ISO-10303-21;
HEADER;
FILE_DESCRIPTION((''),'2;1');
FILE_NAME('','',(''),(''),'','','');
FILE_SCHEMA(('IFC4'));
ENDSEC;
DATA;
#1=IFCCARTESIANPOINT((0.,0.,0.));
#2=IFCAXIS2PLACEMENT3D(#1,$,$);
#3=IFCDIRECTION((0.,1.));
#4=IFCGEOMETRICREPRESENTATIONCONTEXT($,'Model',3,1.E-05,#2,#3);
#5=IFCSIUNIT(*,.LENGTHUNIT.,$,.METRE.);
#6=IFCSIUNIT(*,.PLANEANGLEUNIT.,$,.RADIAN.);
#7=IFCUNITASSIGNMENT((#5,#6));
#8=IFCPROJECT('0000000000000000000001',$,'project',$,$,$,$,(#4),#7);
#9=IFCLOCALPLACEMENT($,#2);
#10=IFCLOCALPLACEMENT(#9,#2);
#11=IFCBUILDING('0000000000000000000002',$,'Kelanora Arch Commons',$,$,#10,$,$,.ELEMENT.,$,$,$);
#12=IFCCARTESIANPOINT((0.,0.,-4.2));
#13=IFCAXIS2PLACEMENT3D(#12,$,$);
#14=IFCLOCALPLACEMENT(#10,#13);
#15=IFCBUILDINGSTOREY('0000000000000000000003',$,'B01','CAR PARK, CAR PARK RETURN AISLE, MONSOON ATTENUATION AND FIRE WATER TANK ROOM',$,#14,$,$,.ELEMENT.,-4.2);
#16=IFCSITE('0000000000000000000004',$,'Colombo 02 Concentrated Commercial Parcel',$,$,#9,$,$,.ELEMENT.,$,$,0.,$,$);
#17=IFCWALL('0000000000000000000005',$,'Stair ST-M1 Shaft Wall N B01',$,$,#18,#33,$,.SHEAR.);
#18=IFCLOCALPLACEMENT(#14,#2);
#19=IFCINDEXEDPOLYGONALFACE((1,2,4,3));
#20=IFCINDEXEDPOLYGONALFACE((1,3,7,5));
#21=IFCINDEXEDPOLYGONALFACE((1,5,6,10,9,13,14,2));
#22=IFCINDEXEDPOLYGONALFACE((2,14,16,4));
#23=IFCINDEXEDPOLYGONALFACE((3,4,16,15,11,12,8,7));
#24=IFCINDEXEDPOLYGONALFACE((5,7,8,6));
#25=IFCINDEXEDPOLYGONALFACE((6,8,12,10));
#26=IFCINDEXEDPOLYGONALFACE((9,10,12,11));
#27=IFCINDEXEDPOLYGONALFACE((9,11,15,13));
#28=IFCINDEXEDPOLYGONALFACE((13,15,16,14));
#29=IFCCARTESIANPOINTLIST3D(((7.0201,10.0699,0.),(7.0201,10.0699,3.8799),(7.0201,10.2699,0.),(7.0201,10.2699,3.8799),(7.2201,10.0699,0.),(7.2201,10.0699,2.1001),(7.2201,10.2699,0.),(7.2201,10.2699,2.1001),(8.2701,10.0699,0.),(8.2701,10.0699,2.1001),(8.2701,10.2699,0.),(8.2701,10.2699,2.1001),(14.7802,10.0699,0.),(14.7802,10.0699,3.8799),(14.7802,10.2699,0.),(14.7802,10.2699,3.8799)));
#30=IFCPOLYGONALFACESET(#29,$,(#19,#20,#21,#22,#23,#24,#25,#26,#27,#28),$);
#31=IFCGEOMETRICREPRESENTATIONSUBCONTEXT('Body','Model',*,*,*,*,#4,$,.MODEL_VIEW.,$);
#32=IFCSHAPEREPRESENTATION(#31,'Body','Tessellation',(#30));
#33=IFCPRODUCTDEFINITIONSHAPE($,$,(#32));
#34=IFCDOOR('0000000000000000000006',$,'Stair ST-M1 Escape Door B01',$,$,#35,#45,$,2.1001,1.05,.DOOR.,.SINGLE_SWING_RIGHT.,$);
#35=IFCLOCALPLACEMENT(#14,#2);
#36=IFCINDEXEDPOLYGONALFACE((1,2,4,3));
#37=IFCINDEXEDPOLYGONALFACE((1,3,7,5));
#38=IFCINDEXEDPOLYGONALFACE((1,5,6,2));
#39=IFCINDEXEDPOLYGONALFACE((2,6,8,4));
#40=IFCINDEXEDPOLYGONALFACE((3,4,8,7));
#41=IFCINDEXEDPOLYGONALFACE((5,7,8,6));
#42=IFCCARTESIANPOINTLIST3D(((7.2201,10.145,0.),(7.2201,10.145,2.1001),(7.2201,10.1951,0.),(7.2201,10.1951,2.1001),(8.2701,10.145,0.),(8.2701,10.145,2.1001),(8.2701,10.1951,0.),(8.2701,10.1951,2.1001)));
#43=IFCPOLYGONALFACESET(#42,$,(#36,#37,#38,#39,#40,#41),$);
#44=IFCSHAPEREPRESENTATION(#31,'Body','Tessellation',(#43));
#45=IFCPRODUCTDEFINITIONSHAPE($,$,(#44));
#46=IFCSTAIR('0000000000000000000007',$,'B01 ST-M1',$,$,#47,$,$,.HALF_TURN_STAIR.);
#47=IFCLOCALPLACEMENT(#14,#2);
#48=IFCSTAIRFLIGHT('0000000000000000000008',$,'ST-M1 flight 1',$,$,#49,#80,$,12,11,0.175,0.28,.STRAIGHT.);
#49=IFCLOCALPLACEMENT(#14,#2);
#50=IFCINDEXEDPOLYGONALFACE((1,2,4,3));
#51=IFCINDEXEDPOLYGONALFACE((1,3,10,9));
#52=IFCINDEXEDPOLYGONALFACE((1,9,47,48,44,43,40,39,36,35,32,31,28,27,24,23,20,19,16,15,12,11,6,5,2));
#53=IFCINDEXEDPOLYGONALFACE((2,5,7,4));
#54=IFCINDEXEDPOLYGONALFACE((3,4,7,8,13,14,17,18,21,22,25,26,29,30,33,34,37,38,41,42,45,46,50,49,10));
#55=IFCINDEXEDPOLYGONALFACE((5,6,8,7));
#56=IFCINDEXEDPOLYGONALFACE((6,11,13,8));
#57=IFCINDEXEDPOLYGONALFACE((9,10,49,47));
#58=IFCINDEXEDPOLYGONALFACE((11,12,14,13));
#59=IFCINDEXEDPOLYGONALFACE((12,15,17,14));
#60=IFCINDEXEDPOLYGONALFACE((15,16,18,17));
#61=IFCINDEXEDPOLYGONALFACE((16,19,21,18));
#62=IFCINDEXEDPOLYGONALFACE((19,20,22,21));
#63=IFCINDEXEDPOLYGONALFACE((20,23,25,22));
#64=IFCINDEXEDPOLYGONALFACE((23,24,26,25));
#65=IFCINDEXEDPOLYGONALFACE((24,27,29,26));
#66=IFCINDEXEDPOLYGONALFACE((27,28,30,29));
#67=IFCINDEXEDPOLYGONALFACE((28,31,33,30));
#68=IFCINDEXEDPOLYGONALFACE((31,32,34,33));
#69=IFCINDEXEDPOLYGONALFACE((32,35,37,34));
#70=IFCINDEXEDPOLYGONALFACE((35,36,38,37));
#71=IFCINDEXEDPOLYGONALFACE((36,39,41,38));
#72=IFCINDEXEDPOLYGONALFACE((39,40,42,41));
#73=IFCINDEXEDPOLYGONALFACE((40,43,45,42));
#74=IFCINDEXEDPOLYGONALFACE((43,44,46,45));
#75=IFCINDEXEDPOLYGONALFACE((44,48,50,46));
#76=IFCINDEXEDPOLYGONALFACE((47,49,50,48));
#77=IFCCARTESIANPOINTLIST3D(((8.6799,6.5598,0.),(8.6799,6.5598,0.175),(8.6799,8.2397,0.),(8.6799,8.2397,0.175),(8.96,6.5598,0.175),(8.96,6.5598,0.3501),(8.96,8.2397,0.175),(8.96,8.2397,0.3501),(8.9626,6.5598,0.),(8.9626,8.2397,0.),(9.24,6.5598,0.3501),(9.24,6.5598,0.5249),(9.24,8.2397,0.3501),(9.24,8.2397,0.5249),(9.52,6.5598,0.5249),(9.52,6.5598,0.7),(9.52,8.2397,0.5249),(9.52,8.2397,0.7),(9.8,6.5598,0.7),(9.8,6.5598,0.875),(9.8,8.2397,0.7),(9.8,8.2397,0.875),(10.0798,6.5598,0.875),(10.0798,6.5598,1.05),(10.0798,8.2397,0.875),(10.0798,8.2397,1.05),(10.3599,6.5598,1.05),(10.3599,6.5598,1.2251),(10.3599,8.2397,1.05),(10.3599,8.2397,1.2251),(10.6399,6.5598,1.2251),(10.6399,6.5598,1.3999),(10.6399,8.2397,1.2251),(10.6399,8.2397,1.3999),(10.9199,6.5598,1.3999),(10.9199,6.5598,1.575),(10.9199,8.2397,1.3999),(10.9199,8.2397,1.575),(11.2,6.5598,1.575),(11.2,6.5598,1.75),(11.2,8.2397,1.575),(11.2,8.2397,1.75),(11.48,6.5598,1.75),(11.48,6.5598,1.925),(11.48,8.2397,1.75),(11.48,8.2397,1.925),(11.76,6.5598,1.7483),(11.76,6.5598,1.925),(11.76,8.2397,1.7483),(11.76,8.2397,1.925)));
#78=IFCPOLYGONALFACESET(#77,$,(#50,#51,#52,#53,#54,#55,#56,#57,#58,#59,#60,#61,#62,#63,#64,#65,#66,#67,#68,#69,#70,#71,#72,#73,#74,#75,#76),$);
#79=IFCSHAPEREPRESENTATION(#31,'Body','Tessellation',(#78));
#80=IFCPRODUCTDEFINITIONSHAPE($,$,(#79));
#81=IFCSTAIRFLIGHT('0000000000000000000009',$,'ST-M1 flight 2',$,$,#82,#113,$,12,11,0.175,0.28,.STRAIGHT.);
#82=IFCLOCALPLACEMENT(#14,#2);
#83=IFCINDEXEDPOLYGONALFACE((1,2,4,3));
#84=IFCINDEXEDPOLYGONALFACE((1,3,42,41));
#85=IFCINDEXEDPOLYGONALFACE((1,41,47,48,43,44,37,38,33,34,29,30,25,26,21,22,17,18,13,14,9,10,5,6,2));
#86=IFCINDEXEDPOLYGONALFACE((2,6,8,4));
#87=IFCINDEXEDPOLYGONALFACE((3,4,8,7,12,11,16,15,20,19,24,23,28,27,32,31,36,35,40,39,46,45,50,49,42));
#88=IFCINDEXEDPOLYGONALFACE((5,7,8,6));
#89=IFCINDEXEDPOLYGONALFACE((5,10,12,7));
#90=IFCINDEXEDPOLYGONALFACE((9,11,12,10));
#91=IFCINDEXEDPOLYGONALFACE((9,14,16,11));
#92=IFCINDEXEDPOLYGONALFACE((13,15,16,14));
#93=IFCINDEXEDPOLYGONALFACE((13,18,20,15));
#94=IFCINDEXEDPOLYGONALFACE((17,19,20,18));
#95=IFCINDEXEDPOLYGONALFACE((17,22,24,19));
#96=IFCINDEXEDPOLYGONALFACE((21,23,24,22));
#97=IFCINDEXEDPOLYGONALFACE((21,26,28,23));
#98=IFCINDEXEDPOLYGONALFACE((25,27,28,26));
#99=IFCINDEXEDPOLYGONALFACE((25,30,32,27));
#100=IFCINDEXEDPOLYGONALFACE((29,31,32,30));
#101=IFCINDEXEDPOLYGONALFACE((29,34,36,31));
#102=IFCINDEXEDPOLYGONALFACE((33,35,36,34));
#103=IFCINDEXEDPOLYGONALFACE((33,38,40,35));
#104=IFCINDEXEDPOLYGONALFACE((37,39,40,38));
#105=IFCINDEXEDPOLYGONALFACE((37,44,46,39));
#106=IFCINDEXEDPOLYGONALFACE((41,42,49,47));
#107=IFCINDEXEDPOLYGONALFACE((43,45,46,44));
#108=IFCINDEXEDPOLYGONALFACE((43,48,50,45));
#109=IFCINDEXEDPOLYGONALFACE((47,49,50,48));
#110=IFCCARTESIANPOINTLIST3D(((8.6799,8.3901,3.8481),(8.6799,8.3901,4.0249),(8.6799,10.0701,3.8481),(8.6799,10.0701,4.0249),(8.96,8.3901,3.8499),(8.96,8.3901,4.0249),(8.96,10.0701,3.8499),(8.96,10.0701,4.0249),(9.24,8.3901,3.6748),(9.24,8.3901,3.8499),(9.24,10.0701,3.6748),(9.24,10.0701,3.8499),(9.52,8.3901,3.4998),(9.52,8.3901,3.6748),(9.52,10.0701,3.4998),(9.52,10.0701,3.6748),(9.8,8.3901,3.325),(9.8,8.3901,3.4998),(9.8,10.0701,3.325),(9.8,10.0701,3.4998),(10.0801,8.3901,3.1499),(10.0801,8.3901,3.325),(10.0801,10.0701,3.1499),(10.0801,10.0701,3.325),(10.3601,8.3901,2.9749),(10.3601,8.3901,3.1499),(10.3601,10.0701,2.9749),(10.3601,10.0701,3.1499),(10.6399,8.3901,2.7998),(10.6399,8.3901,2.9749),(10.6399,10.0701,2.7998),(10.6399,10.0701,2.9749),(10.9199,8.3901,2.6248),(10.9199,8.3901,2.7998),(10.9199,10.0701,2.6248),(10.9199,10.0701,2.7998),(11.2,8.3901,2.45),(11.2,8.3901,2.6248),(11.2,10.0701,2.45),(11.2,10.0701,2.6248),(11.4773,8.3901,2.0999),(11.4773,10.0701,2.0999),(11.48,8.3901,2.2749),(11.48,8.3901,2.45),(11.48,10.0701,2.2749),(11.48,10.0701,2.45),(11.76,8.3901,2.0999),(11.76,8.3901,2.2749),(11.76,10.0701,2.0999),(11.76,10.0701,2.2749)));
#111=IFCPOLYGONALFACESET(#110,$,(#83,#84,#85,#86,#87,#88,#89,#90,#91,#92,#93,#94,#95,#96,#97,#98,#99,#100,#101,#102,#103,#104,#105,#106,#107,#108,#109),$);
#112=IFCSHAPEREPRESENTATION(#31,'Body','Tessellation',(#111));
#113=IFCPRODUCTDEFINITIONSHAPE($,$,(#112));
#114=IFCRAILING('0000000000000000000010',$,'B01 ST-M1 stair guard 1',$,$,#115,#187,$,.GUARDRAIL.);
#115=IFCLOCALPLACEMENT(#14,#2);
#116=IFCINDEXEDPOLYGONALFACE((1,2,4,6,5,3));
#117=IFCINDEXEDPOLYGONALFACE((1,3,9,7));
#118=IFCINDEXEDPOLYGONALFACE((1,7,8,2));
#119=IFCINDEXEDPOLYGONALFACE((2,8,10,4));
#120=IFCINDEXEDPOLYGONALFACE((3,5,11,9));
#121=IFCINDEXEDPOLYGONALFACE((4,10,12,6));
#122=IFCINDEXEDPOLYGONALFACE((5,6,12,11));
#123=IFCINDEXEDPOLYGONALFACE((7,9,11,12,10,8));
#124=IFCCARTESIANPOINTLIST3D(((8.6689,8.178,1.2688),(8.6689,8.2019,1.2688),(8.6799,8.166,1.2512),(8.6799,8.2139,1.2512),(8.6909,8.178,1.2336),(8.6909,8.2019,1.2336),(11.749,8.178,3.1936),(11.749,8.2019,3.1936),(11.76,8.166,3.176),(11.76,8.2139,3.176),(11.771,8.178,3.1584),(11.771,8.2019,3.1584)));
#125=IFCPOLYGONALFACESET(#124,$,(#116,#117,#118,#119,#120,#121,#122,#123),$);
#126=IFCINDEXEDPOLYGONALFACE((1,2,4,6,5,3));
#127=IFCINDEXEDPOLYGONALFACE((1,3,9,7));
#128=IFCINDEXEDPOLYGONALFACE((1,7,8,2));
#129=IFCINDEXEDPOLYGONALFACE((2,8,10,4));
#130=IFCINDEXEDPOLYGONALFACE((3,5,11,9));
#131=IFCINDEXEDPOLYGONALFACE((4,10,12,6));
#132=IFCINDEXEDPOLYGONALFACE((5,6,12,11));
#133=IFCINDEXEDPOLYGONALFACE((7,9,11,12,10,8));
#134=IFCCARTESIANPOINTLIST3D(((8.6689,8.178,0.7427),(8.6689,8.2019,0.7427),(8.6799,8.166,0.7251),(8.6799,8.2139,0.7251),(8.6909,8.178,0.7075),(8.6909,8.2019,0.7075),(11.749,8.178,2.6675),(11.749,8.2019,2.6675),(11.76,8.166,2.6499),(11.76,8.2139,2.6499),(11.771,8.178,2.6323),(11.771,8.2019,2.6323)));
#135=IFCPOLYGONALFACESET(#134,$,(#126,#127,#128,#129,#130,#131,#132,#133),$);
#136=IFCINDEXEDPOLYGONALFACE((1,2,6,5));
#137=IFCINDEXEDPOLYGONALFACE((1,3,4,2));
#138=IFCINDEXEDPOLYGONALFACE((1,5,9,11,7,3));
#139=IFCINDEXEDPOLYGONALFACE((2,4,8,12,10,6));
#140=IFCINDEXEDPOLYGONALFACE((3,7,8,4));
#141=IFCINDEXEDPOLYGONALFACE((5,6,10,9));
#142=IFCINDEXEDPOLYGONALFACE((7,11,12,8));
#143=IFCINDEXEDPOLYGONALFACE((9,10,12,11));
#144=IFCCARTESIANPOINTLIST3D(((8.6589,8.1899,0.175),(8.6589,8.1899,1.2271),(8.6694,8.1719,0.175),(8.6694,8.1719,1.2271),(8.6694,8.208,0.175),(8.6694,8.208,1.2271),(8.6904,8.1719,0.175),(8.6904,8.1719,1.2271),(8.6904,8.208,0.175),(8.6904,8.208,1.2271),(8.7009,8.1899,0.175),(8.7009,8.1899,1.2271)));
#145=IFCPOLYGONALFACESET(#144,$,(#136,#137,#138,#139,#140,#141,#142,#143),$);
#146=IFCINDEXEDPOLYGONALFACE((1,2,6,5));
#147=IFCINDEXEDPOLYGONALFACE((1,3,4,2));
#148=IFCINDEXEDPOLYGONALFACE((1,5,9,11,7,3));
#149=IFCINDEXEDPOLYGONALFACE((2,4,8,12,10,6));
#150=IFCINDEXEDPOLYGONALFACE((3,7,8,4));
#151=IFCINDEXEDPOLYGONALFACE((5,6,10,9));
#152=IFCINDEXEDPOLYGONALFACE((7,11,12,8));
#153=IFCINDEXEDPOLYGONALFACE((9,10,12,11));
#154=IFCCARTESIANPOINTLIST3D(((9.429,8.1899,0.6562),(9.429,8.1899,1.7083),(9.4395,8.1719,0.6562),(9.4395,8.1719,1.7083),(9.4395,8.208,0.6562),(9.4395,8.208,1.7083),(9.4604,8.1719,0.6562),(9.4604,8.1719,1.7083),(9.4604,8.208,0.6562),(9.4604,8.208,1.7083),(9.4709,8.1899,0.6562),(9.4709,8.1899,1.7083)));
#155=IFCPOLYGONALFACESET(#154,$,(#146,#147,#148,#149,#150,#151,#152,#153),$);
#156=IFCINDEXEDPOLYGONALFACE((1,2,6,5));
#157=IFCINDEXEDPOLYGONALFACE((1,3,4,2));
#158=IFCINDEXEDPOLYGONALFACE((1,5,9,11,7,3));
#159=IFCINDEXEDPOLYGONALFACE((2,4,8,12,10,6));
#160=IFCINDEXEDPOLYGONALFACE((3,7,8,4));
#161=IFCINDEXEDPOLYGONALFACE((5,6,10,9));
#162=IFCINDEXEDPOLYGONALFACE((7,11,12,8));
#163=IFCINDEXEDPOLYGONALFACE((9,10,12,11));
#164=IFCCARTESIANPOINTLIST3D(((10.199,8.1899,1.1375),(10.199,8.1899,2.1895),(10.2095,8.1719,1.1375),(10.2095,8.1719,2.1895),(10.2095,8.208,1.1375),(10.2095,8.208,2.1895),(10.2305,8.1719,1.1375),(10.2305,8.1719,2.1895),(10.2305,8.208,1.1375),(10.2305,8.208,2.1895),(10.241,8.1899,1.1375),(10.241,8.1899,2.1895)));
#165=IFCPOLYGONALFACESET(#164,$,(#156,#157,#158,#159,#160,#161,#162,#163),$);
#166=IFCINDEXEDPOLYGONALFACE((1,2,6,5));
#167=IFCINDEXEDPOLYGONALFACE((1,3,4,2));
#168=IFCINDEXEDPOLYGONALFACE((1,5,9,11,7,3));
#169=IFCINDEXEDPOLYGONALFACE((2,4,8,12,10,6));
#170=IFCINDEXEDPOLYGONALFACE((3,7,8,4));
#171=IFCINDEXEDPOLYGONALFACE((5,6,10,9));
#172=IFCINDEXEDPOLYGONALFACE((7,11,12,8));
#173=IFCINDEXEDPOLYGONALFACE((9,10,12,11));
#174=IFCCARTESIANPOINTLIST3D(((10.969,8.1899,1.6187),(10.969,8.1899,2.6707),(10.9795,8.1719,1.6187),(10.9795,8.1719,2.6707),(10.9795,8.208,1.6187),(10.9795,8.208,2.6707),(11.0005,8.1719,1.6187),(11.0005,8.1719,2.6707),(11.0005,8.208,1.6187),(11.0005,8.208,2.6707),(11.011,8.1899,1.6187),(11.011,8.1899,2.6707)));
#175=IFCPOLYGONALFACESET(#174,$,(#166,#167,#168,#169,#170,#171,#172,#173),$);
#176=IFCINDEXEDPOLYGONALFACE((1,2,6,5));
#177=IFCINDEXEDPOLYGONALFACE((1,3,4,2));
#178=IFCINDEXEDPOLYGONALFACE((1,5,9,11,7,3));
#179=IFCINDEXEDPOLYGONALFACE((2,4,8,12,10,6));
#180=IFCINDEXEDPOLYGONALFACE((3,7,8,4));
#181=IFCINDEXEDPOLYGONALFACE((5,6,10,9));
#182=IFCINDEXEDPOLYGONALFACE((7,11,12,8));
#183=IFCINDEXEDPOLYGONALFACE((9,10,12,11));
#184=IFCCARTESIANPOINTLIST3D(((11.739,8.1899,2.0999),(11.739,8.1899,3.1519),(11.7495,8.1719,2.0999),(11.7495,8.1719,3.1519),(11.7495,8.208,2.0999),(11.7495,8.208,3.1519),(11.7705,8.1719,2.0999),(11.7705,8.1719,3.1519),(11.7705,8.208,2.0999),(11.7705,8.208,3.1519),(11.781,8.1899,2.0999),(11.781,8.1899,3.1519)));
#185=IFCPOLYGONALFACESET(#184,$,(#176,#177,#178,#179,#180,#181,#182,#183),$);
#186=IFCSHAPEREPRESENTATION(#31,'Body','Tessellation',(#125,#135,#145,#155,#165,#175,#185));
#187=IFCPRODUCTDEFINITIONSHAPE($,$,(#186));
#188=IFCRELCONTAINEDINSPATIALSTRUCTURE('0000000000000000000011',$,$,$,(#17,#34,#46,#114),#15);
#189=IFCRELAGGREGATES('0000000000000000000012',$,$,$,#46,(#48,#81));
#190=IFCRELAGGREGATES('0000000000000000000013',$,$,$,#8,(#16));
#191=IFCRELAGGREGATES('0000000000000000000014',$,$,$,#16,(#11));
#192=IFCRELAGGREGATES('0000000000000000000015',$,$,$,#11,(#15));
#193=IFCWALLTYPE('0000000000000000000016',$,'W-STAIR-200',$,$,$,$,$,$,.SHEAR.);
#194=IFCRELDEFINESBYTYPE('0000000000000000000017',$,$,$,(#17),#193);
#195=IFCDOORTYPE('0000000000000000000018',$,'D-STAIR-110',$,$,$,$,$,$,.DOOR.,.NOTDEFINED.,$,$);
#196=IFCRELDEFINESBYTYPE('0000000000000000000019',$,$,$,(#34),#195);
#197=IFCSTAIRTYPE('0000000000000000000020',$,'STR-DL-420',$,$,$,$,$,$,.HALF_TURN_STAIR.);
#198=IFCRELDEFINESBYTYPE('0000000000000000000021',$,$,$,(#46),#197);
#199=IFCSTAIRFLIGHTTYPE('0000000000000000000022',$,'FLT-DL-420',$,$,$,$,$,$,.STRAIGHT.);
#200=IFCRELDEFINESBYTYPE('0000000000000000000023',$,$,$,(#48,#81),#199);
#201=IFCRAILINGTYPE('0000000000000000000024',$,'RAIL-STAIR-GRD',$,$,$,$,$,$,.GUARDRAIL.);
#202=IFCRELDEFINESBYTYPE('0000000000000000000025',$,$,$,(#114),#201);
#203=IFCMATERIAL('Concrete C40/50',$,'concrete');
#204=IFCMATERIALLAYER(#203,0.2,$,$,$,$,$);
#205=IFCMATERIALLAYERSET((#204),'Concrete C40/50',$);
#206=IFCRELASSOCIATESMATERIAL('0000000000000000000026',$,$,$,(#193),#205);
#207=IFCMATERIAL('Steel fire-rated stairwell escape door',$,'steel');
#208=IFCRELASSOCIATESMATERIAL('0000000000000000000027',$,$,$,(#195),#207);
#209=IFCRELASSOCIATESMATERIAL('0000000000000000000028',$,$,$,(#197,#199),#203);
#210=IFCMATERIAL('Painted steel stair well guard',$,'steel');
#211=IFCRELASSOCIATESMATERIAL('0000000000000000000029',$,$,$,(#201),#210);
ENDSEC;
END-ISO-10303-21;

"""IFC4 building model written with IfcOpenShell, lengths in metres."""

from ifc_helpers import new_model, si_unit, direction, frame, frame_2d, origin, place, context, subcontext, project, spatial, polyline, rectangle, outline, extrude, material, layer, layer_set, type_object, element, fill, aggregate, save


model = new_model("IFC4")

# Units and contexts
model_context = context("Model", 3, precision=1e-05, world=origin(), true_north=direction((0.0, 1.0)))
body_context = subcontext(model_context, "Body", "Model", "MODEL_VIEW")
ifc_project = project(units=[si_unit("LENGTHUNIT", "METRE"), si_unit("PLANEANGLEUNIT", "RADIAN")], contexts=[model_context])

# Site, building, storey
site_placement = place(None, origin())
site = spatial("IfcSite", under=ifc_project, at=site_placement, Name="Colombo 02 Concentrated Commercial Parcel", CompositionType="ELEMENT", RefElevation=0.0)
building_placement = place(site_placement, origin())
building = spatial("IfcBuilding", under=site, at=building_placement, Name="Kelanora Arch Commons", CompositionType="ELEMENT")
storey_placement = place(building_placement, frame((0.0, 0.0, -4.2)))
storey = spatial("IfcBuildingStorey", under=building, at=storey_placement, Name="B01", Description="CAR PARK, CAR PARK RETURN AISLE, MONSOON ATTENUATION AND FIRE WATER TANK ROOM", CompositionType="ELEMENT", Elevation=-4.2)

# Shared definitions
ifc_material_1 = material(Name="Concrete C40/50", Category="concrete")

# Shared definitions
ifc_layer_1 = layer(ifc_material_1, 0.2)
ifc_layer_set_1 = layer_set([ifc_layer_1], Name="Concrete C40/50")
wall_type_1 = type_object("IfcWallType", Name="W-STAIR-200", PredefinedType="SHEAR", material=ifc_layer_set_1)

# Wall, opening, door
wall_1_placement = place(storey_placement, frame((14.78, 10.1699, 0.0), z_axis=(0.0, 0.0, 1.0), x_axis=(-1.0, 0.0, 0.0)))
wall_1 = element("IfcWall", 1, at=wall_1_placement, inside=storey, type_object=wall_type_1, Name="Stair ST-M1 Shaft Wall N B01", PredefinedType="SHEAR", context=body_context, shape_type="SweptSolid", body=[
    extrude(rectangle(XDim=7.76, YDim=0.2, at=frame_2d((3.8799, 0.0))), origin(), (0.0, 0.0, 1.0), 3.8799),
])
opening_1_placement = place(wall_1_placement, frame((6.51, 0.0, 0.0)))
opening_1 = element("IfcOpeningElement", 2, at=opening_1_placement, cuts=wall_1, PredefinedType="OPENING", context=body_context, shape_type="SweptSolid", body=[
    extrude(rectangle(XDim=1.05, YDim=2.1001, at=frame_2d((0.5249, 1.05))), frame((0.0, 0.1099, 0.0), z_axis=(0.0, -1.0, 0.0), x_axis=(1.0, 0.0, 0.0)), (0.0, 0.0, 1.0), 0.22),
])
ifc_material_2 = material(Name="Steel fire-rated stairwell escape door", Category="steel")
door_type_1 = type_object("IfcDoorType", Name="D-STAIR-110", OperationType="NOTDEFINED", PredefinedType="DOOR", material=ifc_material_2)
door_1_placement = place(opening_1_placement, origin())
door_1 = element("IfcDoor", 3, at=door_1_placement, inside=storey, type_object=door_type_1, Name="Stair ST-M1 Escape Door B01", OperationType="SINGLE_SWING_RIGHT", OverallHeight=2.1001, OverallWidth=1.05, PredefinedType="DOOR", context=body_context, shape_type="SweptSolid", body=[
    extrude(rectangle(XDim=1.05, YDim=2.1001, at=frame_2d((0.5249, 1.05))), frame((0.0, 0.0249, 0.0), z_axis=(0.0, -1.0, 0.0), x_axis=(1.0, 0.0, 0.0)), (0.0, 0.0, 1.0), 0.05),
])
fill(opening_1, door_1)

# Stair, stair flights
stair_type = type_object("IfcStairType", Name="STR-DL-420", PredefinedType="HALF_TURN_STAIR", material=ifc_material_1)
stair_placement = place(storey_placement, origin())
stair = element("IfcStair", 4, at=stair_placement, inside=storey, type_object=stair_type, Name="B01 ST-M1", PredefinedType="HALF_TURN_STAIR")
stair_flight_type = type_object("IfcStairFlightType", Name="FLT-DL-420", PredefinedType="STRAIGHT", material=ifc_material_1)
stair_flight_1_placement = place(storey_placement, frame((8.6799, 7.3999, 0.0), z_axis=(0.0, 0.0, 1.0), x_axis=(1.0, 0.0, 0.0)))
stair_flight_1 = element("IfcStairFlight", 5, at=stair_flight_1_placement, type_object=stair_flight_type, Name="ST-M1 flight 1", NumberOfRisers=12, NumberOfTreads=11, PredefinedType="STRAIGHT", RiserHeight=0.175, TreadLength=0.28, context=body_context, shape_type="SweptSolid", body=[
    extrude(outline(polyline([(0.0, 0.0), (0.0, 0.175), (0.28, 0.175), (0.28, 0.3501), (0.5601, 0.3501), (0.5601, 0.5249), (0.8401, 0.5249), (0.8401, 0.7), (1.1201, 0.7), (1.1201, 0.875), (1.3999, 0.875), (1.3999, 1.05), (1.6799, 1.05), (1.6799, 1.2251), (1.96, 1.2251), (1.96, 1.3999), (2.24, 1.3999), (2.24, 1.575), (2.52, 1.575), (2.52, 1.75), (2.8, 1.75), (2.8, 1.925), (3.0801, 1.925), (3.0801, 2.1001), (3.0801, 1.7483), (0.2827, 0.0), (0.0, 0.0)])), frame((0.0, 0.8398, 0.0), z_axis=(0.0, -1.0, 0.0), x_axis=(1.0, 0.0, 0.0)), (0.0, 0.0, 1.0), 1.6799),
])
stair_flight_2_placement = place(storey_placement, frame((11.76, 9.23, 2.0999), z_axis=(0.0, 0.0, 1.0), x_axis=(-1.0, 0.0, 0.0)))
stair_flight_2 = element("IfcStairFlight", 6, at=stair_flight_2_placement, type_object=stair_flight_type, Name="ST-M1 flight 2", NumberOfRisers=12, NumberOfTreads=11, PredefinedType="STRAIGHT", RiserHeight=0.175, TreadLength=0.28, context=body_context, shape_type="SweptSolid", body=[
    extrude(outline(polyline([(0.0, 0.0), (0.0, 0.175), (0.28, 0.175), (0.28, 0.3501), (0.5601, 0.3501), (0.5601, 0.5249), (0.8401, 0.5249), (0.8401, 0.7), (1.1201, 0.7), (1.1201, 0.875), (1.3999, 0.875), (1.3999, 1.05), (1.6799, 1.05), (1.6799, 1.2251), (1.96, 1.2251), (1.96, 1.3999), (2.24, 1.3999), (2.24, 1.575), (2.52, 1.575), (2.52, 1.75), (2.8, 1.75), (2.8, 1.925), (3.0801, 1.925), (3.0801, 2.1001), (3.0801, 1.7483), (0.2827, 0.0), (0.0, 0.0)])), frame((0.0, 0.8398, 0.0), z_axis=(0.0, -1.0, 0.0), x_axis=(1.0, 0.0, 0.0)), (0.0, 0.0, 1.0), 1.6799),
])
aggregate(stair, [stair_flight_1, stair_flight_2])

# Railing
ifc_material_3 = material(Name="Painted steel stair well guard", Category="steel")
railing_type_1 = type_object("IfcRailingType", Name="RAIL-STAIR-GRD", PredefinedType="GUARDRAIL", material=ifc_material_3)
railing_1_placement = place(storey_placement, frame((8.6799, 8.1899, 0.175)))
element("IfcRailing", 7, at=railing_1_placement, inside=storey, type_object=railing_type_1, Name="B01 ST-M1 stair guard 1", PredefinedType="GUARDRAIL", context=body_context, shape_type="SweptSolid", body=[
    extrude(outline(polyline([(0.0239, 0.0), (0.012, 0.0208), (-0.012, 0.0208), (-0.0239, 0.0), (-0.012, -0.0208), (0.012, -0.0208), (0.0239, 0.0)])), frame((0.0, 0.0, 1.0762), z_axis=(0.848029, 0.0, 0.529951), x_axis=(0.0, 1.0, 0.0)), (0.0, 0.0, 1.0), 3.6321),
    extrude(outline(polyline([(0.0239, 0.0), (0.012, 0.0208), (-0.012, 0.0208), (-0.0239, 0.0), (-0.012, -0.0208), (0.012, -0.0208), (0.0239, 0.0)])), frame((0.0, 0.0, 0.55), z_axis=(0.848029, 0.0, 0.529951), x_axis=(0.0, 1.0, 0.0)), (0.0, 0.0, 1.0), 3.6321),
    extrude(outline(polyline([(0.021, 0.0), (0.0105, 0.0181), (-0.0105, 0.0181), (-0.021, 0.0), (-0.0105, -0.0181), (0.0105, -0.0181), (0.021, 0.0)])), origin(), (0.0, 0.0, 1.0), 1.052),
    extrude(outline(polyline([(0.021, 0.0), (0.0105, 0.0181), (-0.0105, 0.0181), (-0.021, 0.0), (-0.0105, -0.0181), (0.0105, -0.0181), (0.021, 0.0)])), frame((0.77, 0.0, 0.4812)), (0.0, 0.0, 1.0), 1.052),
    extrude(outline(polyline([(0.021, 0.0), (0.0105, 0.0181), (-0.0105, 0.0181), (-0.021, 0.0), (-0.0105, -0.0181), (0.0105, -0.0181), (0.021, 0.0)])), frame((1.54, 0.0, 0.9624)), (0.0, 0.0, 1.0), 1.052),
    extrude(outline(polyline([(0.021, 0.0), (0.0105, 0.0181), (-0.0105, 0.0181), (-0.021, 0.0), (-0.0105, -0.0181), (0.0105, -0.0181), (0.021, 0.0)])), frame((2.3101, 0.0, 1.4436)), (0.0, 0.0, 1.0), 1.052),
    extrude(outline(polyline([(0.021, 0.0), (0.0105, 0.0181), (-0.0105, 0.0181), (-0.021, 0.0), (-0.0105, -0.0181), (0.0105, -0.0181), (0.021, 0.0)])), frame((3.0801, 0.0, 1.9248)), (0.0, 0.0, 1.0), 1.052),
])

save(model, "model.ifc")
